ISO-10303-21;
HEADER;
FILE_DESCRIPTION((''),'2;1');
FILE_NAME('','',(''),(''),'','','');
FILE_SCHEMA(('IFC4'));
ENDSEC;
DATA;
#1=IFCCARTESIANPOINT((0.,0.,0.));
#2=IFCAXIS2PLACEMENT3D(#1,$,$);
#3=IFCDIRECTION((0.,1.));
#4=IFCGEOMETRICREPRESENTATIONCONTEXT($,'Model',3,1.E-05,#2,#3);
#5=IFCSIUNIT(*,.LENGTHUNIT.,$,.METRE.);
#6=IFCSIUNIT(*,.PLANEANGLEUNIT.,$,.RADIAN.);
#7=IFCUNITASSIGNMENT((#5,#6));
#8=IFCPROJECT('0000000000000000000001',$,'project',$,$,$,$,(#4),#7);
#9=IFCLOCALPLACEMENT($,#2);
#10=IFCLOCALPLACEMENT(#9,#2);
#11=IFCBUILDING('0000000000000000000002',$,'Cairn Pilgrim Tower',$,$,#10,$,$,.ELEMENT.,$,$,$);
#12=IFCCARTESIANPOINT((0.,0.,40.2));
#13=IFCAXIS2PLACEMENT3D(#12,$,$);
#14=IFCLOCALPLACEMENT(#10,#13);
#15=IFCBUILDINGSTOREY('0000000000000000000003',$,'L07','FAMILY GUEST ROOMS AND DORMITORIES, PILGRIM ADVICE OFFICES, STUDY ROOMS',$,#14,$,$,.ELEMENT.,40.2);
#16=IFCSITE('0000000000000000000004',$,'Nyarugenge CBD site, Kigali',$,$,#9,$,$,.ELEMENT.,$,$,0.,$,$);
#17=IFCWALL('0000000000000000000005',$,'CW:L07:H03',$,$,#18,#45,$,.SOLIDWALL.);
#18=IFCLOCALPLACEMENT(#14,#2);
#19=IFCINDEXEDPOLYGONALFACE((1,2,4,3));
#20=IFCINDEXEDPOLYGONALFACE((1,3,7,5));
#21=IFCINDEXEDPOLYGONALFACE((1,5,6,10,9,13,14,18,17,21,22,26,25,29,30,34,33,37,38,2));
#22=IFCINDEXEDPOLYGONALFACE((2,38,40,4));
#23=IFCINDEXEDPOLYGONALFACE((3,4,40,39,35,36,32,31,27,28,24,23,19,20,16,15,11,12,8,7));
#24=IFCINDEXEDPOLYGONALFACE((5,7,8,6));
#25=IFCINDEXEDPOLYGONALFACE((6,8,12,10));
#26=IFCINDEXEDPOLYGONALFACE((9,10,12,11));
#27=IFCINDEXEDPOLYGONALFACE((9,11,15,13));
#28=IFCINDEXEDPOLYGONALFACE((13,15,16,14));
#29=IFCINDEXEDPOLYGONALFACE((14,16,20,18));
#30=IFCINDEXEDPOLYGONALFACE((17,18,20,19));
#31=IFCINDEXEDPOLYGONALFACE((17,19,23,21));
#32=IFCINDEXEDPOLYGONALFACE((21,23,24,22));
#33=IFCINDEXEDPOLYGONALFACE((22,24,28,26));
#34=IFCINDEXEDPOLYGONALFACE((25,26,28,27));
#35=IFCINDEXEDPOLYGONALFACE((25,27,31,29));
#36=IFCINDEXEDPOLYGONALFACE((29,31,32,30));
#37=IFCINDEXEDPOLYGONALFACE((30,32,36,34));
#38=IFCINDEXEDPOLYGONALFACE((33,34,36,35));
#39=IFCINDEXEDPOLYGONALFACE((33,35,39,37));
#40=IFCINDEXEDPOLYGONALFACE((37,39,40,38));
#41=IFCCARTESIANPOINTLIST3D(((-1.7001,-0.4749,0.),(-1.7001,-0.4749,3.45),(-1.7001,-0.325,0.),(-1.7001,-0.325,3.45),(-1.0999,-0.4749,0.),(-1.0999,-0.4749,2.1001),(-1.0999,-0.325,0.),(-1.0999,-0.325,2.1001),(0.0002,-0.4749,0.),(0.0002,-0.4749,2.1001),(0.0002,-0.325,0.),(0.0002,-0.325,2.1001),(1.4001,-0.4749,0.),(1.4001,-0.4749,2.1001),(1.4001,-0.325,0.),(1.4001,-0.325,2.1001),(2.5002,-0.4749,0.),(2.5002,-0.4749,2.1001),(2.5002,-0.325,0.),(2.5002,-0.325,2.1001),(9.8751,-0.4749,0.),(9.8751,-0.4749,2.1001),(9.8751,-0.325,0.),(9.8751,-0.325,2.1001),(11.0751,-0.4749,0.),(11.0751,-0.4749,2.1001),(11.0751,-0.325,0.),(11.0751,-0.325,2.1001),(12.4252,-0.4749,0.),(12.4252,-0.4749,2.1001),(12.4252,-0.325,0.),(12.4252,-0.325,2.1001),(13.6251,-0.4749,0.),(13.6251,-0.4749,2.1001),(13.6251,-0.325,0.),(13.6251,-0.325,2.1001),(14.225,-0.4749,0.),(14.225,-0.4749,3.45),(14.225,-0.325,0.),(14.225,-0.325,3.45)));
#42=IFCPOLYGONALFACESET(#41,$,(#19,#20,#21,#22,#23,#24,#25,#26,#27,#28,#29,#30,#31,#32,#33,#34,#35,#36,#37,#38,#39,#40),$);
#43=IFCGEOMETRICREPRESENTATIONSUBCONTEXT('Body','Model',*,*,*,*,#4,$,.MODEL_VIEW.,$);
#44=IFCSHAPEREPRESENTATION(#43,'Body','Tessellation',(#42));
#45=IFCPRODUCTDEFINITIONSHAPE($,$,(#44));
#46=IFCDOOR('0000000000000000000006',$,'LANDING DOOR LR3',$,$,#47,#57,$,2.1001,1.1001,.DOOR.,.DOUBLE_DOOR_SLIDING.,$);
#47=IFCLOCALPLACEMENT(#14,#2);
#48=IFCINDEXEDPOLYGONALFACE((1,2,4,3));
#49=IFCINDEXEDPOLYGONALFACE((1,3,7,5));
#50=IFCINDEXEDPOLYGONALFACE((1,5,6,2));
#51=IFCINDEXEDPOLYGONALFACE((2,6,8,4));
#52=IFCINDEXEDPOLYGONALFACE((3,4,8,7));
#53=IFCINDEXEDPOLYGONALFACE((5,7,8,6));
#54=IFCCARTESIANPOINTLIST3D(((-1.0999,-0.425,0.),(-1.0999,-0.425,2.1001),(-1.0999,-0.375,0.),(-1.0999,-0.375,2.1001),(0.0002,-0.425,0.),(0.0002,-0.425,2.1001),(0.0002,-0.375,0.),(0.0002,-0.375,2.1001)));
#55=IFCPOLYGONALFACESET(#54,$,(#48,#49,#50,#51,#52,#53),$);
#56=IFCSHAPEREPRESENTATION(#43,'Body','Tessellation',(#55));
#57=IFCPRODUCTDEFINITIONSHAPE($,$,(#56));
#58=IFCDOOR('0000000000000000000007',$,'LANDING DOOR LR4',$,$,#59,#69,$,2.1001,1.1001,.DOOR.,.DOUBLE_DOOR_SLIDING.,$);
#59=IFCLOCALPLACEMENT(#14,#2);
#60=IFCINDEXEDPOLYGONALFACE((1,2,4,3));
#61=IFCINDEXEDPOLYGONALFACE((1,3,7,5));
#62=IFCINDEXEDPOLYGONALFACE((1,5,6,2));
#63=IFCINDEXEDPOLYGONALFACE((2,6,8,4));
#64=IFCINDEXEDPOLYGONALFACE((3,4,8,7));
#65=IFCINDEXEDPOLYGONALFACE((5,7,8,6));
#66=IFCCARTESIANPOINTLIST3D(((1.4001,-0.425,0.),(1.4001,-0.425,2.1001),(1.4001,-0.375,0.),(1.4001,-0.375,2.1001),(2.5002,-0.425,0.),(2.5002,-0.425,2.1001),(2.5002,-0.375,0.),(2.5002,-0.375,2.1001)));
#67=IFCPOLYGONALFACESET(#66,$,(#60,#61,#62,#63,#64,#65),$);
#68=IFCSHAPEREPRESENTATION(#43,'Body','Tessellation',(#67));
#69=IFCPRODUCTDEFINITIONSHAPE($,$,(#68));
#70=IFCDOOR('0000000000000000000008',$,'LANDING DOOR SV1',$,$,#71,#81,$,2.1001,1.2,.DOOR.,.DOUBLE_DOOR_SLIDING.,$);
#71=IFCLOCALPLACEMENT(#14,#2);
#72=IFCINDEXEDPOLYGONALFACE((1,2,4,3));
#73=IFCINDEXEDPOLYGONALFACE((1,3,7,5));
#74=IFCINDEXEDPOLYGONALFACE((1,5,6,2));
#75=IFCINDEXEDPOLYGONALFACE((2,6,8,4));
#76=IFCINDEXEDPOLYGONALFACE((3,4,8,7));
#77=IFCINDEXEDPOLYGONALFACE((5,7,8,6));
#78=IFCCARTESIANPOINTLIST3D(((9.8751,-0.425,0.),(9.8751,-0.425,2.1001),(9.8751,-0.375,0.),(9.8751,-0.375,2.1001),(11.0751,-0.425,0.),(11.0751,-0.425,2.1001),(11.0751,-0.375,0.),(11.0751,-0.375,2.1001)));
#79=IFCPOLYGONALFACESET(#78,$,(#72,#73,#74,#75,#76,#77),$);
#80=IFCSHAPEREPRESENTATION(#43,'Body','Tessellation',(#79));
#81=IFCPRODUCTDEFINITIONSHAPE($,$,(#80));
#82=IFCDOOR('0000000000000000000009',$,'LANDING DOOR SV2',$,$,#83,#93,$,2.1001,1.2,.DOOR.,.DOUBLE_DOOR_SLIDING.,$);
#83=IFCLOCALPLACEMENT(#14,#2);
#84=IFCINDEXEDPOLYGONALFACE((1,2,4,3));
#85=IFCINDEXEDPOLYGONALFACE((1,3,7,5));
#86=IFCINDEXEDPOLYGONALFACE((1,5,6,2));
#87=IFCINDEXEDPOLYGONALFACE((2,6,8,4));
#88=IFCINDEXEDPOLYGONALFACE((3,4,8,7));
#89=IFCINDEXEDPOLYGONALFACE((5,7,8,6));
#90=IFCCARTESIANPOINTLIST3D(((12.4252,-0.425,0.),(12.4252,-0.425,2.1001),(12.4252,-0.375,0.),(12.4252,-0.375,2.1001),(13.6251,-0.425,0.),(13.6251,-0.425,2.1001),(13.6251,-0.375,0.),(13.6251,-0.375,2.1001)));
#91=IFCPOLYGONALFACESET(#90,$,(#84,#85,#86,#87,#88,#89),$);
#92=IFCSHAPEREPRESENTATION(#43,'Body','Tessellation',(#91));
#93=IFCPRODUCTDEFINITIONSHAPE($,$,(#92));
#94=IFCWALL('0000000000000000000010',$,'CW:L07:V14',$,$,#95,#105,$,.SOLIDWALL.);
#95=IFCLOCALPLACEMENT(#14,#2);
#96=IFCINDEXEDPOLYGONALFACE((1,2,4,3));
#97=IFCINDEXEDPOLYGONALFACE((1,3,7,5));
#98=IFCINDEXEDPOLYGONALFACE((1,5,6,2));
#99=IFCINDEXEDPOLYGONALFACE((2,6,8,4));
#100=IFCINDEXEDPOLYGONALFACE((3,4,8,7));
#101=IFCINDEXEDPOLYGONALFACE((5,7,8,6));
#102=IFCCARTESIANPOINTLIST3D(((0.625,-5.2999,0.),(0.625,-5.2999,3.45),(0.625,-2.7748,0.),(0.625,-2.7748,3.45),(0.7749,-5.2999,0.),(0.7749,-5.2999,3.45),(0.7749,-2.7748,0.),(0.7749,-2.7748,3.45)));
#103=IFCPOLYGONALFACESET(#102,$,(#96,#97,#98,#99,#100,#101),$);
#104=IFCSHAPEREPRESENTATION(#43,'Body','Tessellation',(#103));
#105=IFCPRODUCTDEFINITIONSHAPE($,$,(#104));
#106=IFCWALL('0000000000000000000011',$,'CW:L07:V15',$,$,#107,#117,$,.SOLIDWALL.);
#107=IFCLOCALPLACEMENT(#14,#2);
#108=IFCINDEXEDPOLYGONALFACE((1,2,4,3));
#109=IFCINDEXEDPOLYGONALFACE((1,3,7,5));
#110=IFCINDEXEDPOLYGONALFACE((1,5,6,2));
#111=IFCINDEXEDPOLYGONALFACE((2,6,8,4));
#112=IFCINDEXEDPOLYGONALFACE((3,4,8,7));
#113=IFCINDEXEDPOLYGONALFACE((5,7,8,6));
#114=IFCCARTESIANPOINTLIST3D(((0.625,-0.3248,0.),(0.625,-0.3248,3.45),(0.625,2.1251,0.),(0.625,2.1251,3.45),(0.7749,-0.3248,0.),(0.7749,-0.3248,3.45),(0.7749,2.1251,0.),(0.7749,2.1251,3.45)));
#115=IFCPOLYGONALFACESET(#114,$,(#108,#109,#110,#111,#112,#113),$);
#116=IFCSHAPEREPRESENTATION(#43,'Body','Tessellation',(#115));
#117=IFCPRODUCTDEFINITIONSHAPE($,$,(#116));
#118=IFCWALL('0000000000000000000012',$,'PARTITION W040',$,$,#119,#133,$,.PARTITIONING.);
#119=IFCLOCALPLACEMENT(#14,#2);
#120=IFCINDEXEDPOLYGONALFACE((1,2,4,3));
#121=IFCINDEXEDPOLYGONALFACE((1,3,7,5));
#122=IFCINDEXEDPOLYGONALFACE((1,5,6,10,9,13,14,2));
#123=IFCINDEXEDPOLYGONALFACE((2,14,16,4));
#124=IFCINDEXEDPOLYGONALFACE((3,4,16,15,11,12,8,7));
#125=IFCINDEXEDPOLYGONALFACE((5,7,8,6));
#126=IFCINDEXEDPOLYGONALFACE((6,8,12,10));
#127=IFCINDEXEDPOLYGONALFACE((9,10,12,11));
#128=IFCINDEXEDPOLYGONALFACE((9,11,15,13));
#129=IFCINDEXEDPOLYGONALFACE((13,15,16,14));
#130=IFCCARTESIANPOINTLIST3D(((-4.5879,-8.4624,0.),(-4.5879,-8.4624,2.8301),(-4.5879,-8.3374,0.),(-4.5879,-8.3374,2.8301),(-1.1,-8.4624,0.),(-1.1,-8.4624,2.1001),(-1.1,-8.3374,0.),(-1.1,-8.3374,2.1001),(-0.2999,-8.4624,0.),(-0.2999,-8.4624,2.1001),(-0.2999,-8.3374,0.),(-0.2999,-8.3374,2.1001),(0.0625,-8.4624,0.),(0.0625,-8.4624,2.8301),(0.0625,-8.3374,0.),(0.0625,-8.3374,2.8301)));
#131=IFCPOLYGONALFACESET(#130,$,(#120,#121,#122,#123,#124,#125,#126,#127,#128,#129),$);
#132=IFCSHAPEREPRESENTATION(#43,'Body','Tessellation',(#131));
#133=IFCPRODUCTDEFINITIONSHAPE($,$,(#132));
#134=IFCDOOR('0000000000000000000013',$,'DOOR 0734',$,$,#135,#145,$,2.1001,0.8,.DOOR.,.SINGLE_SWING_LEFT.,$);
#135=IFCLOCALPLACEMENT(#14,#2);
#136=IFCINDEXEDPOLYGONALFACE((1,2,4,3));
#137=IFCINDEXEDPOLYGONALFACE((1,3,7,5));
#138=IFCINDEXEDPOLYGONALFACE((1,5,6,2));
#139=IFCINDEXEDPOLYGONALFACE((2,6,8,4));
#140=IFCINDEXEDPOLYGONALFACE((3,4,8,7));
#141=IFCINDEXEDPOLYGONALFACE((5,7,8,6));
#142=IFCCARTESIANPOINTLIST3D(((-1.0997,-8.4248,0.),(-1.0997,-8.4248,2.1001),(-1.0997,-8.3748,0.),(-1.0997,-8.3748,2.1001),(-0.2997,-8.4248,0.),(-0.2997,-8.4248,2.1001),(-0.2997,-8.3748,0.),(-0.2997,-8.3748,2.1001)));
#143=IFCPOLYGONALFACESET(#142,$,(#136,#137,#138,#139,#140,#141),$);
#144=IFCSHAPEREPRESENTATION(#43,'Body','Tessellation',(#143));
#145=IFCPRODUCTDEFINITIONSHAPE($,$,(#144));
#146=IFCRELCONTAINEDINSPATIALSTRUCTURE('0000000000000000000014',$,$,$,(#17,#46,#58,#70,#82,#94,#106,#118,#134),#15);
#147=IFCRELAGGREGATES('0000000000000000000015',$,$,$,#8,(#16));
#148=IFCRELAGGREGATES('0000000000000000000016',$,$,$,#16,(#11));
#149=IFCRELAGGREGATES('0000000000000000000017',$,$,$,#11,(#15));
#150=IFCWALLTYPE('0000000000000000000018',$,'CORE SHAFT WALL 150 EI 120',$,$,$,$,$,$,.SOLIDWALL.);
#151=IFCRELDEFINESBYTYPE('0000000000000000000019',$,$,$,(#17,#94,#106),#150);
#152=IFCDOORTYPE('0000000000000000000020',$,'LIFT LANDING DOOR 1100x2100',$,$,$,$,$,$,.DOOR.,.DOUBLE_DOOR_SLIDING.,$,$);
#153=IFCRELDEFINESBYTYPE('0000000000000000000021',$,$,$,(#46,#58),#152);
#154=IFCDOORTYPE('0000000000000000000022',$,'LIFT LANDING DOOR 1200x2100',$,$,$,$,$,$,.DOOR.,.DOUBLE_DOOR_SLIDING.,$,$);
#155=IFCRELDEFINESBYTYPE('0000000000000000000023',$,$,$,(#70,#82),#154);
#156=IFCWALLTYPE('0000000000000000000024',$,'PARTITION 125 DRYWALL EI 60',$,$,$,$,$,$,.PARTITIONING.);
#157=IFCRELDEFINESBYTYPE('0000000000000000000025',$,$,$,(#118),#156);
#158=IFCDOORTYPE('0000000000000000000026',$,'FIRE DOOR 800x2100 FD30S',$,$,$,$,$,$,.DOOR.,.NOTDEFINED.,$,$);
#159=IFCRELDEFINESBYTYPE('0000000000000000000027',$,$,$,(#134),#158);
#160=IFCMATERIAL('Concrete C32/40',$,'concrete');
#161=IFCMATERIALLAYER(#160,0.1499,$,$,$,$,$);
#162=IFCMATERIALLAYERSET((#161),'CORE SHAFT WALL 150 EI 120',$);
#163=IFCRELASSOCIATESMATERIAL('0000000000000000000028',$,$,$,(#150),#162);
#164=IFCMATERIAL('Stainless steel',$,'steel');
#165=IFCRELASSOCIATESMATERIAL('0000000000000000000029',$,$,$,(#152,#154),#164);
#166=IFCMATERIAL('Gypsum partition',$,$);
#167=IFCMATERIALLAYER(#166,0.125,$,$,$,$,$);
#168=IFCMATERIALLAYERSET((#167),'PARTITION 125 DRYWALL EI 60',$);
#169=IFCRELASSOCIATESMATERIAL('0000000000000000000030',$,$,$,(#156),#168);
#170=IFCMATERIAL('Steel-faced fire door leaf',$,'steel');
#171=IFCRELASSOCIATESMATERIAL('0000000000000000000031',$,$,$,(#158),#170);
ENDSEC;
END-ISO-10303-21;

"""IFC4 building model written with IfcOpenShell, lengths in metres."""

from ifc_helpers import new_model, si_unit, direction, frame, frame_2d, origin, place, context, subcontext, project, spatial, rectangle, extrude, material, layer, layer_set, type_object, element, fill, save


model = new_model("IFC4")

# Units and contexts
model_context = context("Model", 3, precision=1e-05, world=origin(), true_north=direction((0.0, 1.0)))
body_context = subcontext(model_context, "Body", "Model", "MODEL_VIEW")
ifc_project = project(units=[si_unit("LENGTHUNIT", "METRE"), si_unit("PLANEANGLEUNIT", "RADIAN")], contexts=[model_context])

# Site, building, storey
site_placement = place(None, origin())
site = spatial("IfcSite", under=ifc_project, at=site_placement, Name="Nyarugenge CBD site, Kigali", CompositionType="ELEMENT", RefElevation=0.0)
building_placement = place(site_placement, origin())
building = spatial("IfcBuilding", under=site, at=building_placement, Name="Cairn Pilgrim Tower", CompositionType="ELEMENT")
storey_placement = place(building_placement, frame((0.0, 0.0, 40.2)))
storey = spatial("IfcBuildingStorey", under=building, at=storey_placement, Name="L07", Description="FAMILY GUEST ROOMS AND DORMITORIES, PILGRIM ADVICE OFFICES, STUDY ROOMS", CompositionType="ELEMENT", Elevation=40.2)

# Shared definitions
ifc_material_1 = material(Name="Concrete C32/40", Category="concrete")

# Wall, openings, doors
ifc_layer_1 = layer(ifc_material_1, 0.1499)
ifc_layer_set_1 = layer_set([ifc_layer_1], Name="CORE SHAFT WALL 150 EI 120")
wall_type_1 = type_object("IfcWallType", Name="CORE SHAFT WALL 150 EI 120", PredefinedType="SOLIDWALL", material=ifc_layer_set_1)
ifc_material_2 = material(Name="Stainless steel", Category="steel")
door_type_1 = type_object("IfcDoorType", Name="LIFT LANDING DOOR 1100x2100", OperationType="DOUBLE_DOOR_SLIDING", PredefinedType="DOOR", material=ifc_material_2)
wall_1_placement = place(storey_placement, frame((-1.7, -0.3999, 0.0), z_axis=(0.0, 0.0, 1.0), x_axis=(1.0, 0.0, 0.0)))
wall_1 = element("IfcWall", 1, at=wall_1_placement, inside=storey, type_object=wall_type_1, Name="CW:L07:H03", PredefinedType="SOLIDWALL", context=body_context, shape_type="SweptSolid", body=[
    extrude(rectangle(XDim=15.925, YDim=0.1499, at=frame_2d((7.9624, 0.0))), origin(), (0.0, 0.0, 1.0), 3.45),
])
opening_1_placement = place(wall_1_placement, frame((0.6001, 0.0, 0.0)))
opening_1 = element("IfcOpeningElement", 2, at=opening_1_placement, cuts=wall_1, PredefinedType="OPENING", context=body_context, shape_type="SweptSolid", body=[
    extrude(rectangle(XDim=1.1001, YDim=2.1001, at=frame_2d((0.55, 1.05))), frame((0.0, 0.085, 0.0), z_axis=(0.0, -1.0, 0.0), x_axis=(1.0, 0.0, 0.0)), (0.0, 0.0, 1.0), 0.1699),
])
opening_2_placement = place(wall_1_placement, frame((3.1001, 0.0, 0.0)))
opening_2 = element("IfcOpeningElement", 3, at=opening_2_placement, cuts=wall_1, PredefinedType="OPENING", context=body_context, shape_type="SweptSolid", body=[
    extrude(rectangle(XDim=1.1001, YDim=2.1001, at=frame_2d((0.55, 1.05))), frame((0.0, 0.085, 0.0), z_axis=(0.0, -1.0, 0.0), x_axis=(1.0, 0.0, 0.0)), (0.0, 0.0, 1.0), 0.1699),
])
opening_3_placement = place(wall_1_placement, frame((11.575, 0.0, 0.0)))
opening_3 = element("IfcOpeningElement", 4, at=opening_3_placement, cuts=wall_1, PredefinedType="OPENING", context=body_context, shape_type="SweptSolid", body=[
    extrude(rectangle(XDim=1.2, YDim=2.1001, at=frame_2d((0.6001, 1.05))), frame((0.0, 0.085, 0.0), z_axis=(0.0, -1.0, 0.0), x_axis=(1.0, 0.0, 0.0)), (0.0, 0.0, 1.0), 0.1699),
])
opening_4_placement = place(wall_1_placement, frame((14.125, 0.0, 0.0)))
opening_4 = element("IfcOpeningElement", 5, at=opening_4_placement, cuts=wall_1, PredefinedType="OPENING", context=body_context, shape_type="SweptSolid", body=[
    extrude(rectangle(XDim=1.2, YDim=2.1001, at=frame_2d((0.6001, 1.05))), frame((0.0, 0.085, 0.0), z_axis=(0.0, -1.0, 0.0), x_axis=(1.0, 0.0, 0.0)), (0.0, 0.0, 1.0), 0.1699),
])
door_1_placement = place(opening_1_placement, origin())
door_1 = element("IfcDoor", 6, at=door_1_placement, inside=storey, type_object=door_type_1, Name="LANDING DOOR LR3", OperationType="DOUBLE_DOOR_SLIDING", OverallHeight=2.1001, OverallWidth=1.1001, PredefinedType="DOOR", context=body_context, shape_type="SweptSolid", body=[
    extrude(rectangle(XDim=1.1001, YDim=2.1001, at=frame_2d((0.55, 1.05))), frame((0.0, 0.0249, 0.0), z_axis=(0.0, -1.0, 0.0), x_axis=(1.0, 0.0, 0.0)), (0.0, 0.0, 1.0), 0.05),
])
fill(opening_1, door_1)
door_2_placement = place(opening_2_placement, origin())
door_2 = element("IfcDoor", 7, at=door_2_placement, inside=storey, type_object=door_type_1, Name="LANDING DOOR LR4", OperationType="DOUBLE_DOOR_SLIDING", OverallHeight=2.1001, OverallWidth=1.1001, PredefinedType="DOOR", context=body_context, shape_type="SweptSolid", body=[
    extrude(rectangle(XDim=1.1001, YDim=2.1001, at=frame_2d((0.55, 1.05))), frame((0.0, 0.0249, 0.0), z_axis=(0.0, -1.0, 0.0), x_axis=(1.0, 0.0, 0.0)), (0.0, 0.0, 1.0), 0.05),
])
fill(opening_2, door_2)
door_type_2 = type_object("IfcDoorType", Name="LIFT LANDING DOOR 1200x2100", OperationType="DOUBLE_DOOR_SLIDING", PredefinedType="DOOR", material=ifc_material_2)
door_3_placement = place(opening_3_placement, origin())
door_3 = element("IfcDoor", 8, at=door_3_placement, inside=storey, type_object=door_type_2, Name="LANDING DOOR SV1", OperationType="DOUBLE_DOOR_SLIDING", OverallHeight=2.1001, OverallWidth=1.2, PredefinedType="DOOR", context=body_context, shape_type="SweptSolid", body=[
    extrude(rectangle(XDim=1.2, YDim=2.1001, at=frame_2d((0.6001, 1.05))), frame((0.0, 0.0249, 0.0), z_axis=(0.0, -1.0, 0.0), x_axis=(1.0, 0.0, 0.0)), (0.0, 0.0, 1.0), 0.05),
])
fill(opening_3, door_3)
door_4_placement = place(opening_4_placement, origin())
door_4 = element("IfcDoor", 9, at=door_4_placement, inside=storey, type_object=door_type_2, Name="LANDING DOOR SV2", OperationType="DOUBLE_DOOR_SLIDING", OverallHeight=2.1001, OverallWidth=1.2, PredefinedType="DOOR", context=body_context, shape_type="SweptSolid", body=[
    extrude(rectangle(XDim=1.2, YDim=2.1001, at=frame_2d((0.6001, 1.05))), frame((0.0, 0.0249, 0.0), z_axis=(0.0, -1.0, 0.0), x_axis=(1.0, 0.0, 0.0)), (0.0, 0.0, 1.0), 0.05),
])
fill(opening_4, door_4)

# Walls
wall_2_placement = place(storey_placement, frame((0.7, -5.3, 0.0), z_axis=(0.0, 0.0, 1.0), x_axis=(0.0, 1.0, 0.0)))
element("IfcWall", 10, at=wall_2_placement, inside=storey, type_object=wall_type_1, Name="CW:L07:V14", PredefinedType="SOLIDWALL", context=body_context, shape_type="SweptSolid", body=[
    extrude(rectangle(XDim=2.5251, YDim=0.1499, at=frame_2d((1.2627, 0.0))), origin(), (0.0, 0.0, 1.0), 3.45),
])
wall_3_placement = place(storey_placement, frame((0.7, -0.325, 0.0), z_axis=(0.0, 0.0, 1.0), x_axis=(0.0, 1.0, 0.0)))
element("IfcWall", 11, at=wall_3_placement, inside=storey, type_object=wall_type_1, Name="CW:L07:V15", PredefinedType="SOLIDWALL", context=body_context, shape_type="SweptSolid", body=[
    extrude(rectangle(XDim=2.45, YDim=0.1499, at=frame_2d((1.2251, 0.0))), origin(), (0.0, 0.0, 1.0), 3.45),
])

# Wall, opening, door
ifc_material_3 = material(Name="Gypsum partition")
ifc_layer_2 = layer(ifc_material_3, 0.125)
ifc_layer_set_2 = layer_set([ifc_layer_2], Name="PARTITION 125 DRYWALL EI 60")
wall_type_2 = type_object("IfcWallType", Name="PARTITION 125 DRYWALL EI 60", PredefinedType="PARTITIONING", material=ifc_layer_set_2)
wall_4_placement = place(storey_placement, frame((-4.5879, -8.3999, 0.0), z_axis=(0.0, 0.0, 1.0), x_axis=(1.0, 0.0, 0.0)))
wall_4 = element("IfcWall", 12, at=wall_4_placement, inside=storey, type_object=wall_type_2, Name="PARTITION W040", PredefinedType="PARTITIONING", context=body_context, shape_type="SweptSolid", body=[
    extrude(rectangle(XDim=4.6504, YDim=0.125, at=frame_2d((2.3252, 0.0))), origin(), (0.0, 0.0, 1.0), 2.8301),
])
opening_5_placement = place(wall_4_placement, frame((3.488, 0.0, 0.0)))
opening_5 = element("IfcOpeningElement", 13, at=opening_5_placement, cuts=wall_4, PredefinedType="OPENING", context=body_context, shape_type="SweptSolid", body=[
    extrude(rectangle(XDim=0.8, YDim=2.1001, at=frame_2d((0.3999, 1.05))), frame((0.0, 0.0725, 0.0), z_axis=(0.0, -1.0, 0.0), x_axis=(1.0, 0.0, 0.0)), (0.0, 0.0, 1.0), 0.145),
])
ifc_material_4 = material(Name="Steel-faced fire door leaf", Category="steel")
door_type_3 = type_object("IfcDoorType", Name="FIRE DOOR 800x2100 FD30S", OperationType="NOTDEFINED", PredefinedType="DOOR", material=ifc_material_4)
door_5_placement = place(opening_5_placement, frame((0.8, 0.0, 0.0), z_axis=(0.0, 0.0, 1.0), x_axis=(-1.0, 0.0, 0.0)))
door_5 = element("IfcDoor", 14, at=door_5_placement, inside=storey, type_object=door_type_3, Name="DOOR 0734", OperationType="SINGLE_SWING_LEFT", OverallHeight=2.1001, OverallWidth=0.8, PredefinedType="DOOR", context=body_context, shape_type="SweptSolid", body=[
    extrude(rectangle(XDim=0.8, YDim=2.1001, at=frame_2d((0.3999, 1.05))), frame((0.0, 0.0249, 0.0), z_axis=(0.0, -1.0, 0.0), x_axis=(1.0, 0.0, 0.0)), (0.0, 0.0, 1.0), 0.05),
])
fill(opening_5, door_5)

save(model, "model.ifc")
